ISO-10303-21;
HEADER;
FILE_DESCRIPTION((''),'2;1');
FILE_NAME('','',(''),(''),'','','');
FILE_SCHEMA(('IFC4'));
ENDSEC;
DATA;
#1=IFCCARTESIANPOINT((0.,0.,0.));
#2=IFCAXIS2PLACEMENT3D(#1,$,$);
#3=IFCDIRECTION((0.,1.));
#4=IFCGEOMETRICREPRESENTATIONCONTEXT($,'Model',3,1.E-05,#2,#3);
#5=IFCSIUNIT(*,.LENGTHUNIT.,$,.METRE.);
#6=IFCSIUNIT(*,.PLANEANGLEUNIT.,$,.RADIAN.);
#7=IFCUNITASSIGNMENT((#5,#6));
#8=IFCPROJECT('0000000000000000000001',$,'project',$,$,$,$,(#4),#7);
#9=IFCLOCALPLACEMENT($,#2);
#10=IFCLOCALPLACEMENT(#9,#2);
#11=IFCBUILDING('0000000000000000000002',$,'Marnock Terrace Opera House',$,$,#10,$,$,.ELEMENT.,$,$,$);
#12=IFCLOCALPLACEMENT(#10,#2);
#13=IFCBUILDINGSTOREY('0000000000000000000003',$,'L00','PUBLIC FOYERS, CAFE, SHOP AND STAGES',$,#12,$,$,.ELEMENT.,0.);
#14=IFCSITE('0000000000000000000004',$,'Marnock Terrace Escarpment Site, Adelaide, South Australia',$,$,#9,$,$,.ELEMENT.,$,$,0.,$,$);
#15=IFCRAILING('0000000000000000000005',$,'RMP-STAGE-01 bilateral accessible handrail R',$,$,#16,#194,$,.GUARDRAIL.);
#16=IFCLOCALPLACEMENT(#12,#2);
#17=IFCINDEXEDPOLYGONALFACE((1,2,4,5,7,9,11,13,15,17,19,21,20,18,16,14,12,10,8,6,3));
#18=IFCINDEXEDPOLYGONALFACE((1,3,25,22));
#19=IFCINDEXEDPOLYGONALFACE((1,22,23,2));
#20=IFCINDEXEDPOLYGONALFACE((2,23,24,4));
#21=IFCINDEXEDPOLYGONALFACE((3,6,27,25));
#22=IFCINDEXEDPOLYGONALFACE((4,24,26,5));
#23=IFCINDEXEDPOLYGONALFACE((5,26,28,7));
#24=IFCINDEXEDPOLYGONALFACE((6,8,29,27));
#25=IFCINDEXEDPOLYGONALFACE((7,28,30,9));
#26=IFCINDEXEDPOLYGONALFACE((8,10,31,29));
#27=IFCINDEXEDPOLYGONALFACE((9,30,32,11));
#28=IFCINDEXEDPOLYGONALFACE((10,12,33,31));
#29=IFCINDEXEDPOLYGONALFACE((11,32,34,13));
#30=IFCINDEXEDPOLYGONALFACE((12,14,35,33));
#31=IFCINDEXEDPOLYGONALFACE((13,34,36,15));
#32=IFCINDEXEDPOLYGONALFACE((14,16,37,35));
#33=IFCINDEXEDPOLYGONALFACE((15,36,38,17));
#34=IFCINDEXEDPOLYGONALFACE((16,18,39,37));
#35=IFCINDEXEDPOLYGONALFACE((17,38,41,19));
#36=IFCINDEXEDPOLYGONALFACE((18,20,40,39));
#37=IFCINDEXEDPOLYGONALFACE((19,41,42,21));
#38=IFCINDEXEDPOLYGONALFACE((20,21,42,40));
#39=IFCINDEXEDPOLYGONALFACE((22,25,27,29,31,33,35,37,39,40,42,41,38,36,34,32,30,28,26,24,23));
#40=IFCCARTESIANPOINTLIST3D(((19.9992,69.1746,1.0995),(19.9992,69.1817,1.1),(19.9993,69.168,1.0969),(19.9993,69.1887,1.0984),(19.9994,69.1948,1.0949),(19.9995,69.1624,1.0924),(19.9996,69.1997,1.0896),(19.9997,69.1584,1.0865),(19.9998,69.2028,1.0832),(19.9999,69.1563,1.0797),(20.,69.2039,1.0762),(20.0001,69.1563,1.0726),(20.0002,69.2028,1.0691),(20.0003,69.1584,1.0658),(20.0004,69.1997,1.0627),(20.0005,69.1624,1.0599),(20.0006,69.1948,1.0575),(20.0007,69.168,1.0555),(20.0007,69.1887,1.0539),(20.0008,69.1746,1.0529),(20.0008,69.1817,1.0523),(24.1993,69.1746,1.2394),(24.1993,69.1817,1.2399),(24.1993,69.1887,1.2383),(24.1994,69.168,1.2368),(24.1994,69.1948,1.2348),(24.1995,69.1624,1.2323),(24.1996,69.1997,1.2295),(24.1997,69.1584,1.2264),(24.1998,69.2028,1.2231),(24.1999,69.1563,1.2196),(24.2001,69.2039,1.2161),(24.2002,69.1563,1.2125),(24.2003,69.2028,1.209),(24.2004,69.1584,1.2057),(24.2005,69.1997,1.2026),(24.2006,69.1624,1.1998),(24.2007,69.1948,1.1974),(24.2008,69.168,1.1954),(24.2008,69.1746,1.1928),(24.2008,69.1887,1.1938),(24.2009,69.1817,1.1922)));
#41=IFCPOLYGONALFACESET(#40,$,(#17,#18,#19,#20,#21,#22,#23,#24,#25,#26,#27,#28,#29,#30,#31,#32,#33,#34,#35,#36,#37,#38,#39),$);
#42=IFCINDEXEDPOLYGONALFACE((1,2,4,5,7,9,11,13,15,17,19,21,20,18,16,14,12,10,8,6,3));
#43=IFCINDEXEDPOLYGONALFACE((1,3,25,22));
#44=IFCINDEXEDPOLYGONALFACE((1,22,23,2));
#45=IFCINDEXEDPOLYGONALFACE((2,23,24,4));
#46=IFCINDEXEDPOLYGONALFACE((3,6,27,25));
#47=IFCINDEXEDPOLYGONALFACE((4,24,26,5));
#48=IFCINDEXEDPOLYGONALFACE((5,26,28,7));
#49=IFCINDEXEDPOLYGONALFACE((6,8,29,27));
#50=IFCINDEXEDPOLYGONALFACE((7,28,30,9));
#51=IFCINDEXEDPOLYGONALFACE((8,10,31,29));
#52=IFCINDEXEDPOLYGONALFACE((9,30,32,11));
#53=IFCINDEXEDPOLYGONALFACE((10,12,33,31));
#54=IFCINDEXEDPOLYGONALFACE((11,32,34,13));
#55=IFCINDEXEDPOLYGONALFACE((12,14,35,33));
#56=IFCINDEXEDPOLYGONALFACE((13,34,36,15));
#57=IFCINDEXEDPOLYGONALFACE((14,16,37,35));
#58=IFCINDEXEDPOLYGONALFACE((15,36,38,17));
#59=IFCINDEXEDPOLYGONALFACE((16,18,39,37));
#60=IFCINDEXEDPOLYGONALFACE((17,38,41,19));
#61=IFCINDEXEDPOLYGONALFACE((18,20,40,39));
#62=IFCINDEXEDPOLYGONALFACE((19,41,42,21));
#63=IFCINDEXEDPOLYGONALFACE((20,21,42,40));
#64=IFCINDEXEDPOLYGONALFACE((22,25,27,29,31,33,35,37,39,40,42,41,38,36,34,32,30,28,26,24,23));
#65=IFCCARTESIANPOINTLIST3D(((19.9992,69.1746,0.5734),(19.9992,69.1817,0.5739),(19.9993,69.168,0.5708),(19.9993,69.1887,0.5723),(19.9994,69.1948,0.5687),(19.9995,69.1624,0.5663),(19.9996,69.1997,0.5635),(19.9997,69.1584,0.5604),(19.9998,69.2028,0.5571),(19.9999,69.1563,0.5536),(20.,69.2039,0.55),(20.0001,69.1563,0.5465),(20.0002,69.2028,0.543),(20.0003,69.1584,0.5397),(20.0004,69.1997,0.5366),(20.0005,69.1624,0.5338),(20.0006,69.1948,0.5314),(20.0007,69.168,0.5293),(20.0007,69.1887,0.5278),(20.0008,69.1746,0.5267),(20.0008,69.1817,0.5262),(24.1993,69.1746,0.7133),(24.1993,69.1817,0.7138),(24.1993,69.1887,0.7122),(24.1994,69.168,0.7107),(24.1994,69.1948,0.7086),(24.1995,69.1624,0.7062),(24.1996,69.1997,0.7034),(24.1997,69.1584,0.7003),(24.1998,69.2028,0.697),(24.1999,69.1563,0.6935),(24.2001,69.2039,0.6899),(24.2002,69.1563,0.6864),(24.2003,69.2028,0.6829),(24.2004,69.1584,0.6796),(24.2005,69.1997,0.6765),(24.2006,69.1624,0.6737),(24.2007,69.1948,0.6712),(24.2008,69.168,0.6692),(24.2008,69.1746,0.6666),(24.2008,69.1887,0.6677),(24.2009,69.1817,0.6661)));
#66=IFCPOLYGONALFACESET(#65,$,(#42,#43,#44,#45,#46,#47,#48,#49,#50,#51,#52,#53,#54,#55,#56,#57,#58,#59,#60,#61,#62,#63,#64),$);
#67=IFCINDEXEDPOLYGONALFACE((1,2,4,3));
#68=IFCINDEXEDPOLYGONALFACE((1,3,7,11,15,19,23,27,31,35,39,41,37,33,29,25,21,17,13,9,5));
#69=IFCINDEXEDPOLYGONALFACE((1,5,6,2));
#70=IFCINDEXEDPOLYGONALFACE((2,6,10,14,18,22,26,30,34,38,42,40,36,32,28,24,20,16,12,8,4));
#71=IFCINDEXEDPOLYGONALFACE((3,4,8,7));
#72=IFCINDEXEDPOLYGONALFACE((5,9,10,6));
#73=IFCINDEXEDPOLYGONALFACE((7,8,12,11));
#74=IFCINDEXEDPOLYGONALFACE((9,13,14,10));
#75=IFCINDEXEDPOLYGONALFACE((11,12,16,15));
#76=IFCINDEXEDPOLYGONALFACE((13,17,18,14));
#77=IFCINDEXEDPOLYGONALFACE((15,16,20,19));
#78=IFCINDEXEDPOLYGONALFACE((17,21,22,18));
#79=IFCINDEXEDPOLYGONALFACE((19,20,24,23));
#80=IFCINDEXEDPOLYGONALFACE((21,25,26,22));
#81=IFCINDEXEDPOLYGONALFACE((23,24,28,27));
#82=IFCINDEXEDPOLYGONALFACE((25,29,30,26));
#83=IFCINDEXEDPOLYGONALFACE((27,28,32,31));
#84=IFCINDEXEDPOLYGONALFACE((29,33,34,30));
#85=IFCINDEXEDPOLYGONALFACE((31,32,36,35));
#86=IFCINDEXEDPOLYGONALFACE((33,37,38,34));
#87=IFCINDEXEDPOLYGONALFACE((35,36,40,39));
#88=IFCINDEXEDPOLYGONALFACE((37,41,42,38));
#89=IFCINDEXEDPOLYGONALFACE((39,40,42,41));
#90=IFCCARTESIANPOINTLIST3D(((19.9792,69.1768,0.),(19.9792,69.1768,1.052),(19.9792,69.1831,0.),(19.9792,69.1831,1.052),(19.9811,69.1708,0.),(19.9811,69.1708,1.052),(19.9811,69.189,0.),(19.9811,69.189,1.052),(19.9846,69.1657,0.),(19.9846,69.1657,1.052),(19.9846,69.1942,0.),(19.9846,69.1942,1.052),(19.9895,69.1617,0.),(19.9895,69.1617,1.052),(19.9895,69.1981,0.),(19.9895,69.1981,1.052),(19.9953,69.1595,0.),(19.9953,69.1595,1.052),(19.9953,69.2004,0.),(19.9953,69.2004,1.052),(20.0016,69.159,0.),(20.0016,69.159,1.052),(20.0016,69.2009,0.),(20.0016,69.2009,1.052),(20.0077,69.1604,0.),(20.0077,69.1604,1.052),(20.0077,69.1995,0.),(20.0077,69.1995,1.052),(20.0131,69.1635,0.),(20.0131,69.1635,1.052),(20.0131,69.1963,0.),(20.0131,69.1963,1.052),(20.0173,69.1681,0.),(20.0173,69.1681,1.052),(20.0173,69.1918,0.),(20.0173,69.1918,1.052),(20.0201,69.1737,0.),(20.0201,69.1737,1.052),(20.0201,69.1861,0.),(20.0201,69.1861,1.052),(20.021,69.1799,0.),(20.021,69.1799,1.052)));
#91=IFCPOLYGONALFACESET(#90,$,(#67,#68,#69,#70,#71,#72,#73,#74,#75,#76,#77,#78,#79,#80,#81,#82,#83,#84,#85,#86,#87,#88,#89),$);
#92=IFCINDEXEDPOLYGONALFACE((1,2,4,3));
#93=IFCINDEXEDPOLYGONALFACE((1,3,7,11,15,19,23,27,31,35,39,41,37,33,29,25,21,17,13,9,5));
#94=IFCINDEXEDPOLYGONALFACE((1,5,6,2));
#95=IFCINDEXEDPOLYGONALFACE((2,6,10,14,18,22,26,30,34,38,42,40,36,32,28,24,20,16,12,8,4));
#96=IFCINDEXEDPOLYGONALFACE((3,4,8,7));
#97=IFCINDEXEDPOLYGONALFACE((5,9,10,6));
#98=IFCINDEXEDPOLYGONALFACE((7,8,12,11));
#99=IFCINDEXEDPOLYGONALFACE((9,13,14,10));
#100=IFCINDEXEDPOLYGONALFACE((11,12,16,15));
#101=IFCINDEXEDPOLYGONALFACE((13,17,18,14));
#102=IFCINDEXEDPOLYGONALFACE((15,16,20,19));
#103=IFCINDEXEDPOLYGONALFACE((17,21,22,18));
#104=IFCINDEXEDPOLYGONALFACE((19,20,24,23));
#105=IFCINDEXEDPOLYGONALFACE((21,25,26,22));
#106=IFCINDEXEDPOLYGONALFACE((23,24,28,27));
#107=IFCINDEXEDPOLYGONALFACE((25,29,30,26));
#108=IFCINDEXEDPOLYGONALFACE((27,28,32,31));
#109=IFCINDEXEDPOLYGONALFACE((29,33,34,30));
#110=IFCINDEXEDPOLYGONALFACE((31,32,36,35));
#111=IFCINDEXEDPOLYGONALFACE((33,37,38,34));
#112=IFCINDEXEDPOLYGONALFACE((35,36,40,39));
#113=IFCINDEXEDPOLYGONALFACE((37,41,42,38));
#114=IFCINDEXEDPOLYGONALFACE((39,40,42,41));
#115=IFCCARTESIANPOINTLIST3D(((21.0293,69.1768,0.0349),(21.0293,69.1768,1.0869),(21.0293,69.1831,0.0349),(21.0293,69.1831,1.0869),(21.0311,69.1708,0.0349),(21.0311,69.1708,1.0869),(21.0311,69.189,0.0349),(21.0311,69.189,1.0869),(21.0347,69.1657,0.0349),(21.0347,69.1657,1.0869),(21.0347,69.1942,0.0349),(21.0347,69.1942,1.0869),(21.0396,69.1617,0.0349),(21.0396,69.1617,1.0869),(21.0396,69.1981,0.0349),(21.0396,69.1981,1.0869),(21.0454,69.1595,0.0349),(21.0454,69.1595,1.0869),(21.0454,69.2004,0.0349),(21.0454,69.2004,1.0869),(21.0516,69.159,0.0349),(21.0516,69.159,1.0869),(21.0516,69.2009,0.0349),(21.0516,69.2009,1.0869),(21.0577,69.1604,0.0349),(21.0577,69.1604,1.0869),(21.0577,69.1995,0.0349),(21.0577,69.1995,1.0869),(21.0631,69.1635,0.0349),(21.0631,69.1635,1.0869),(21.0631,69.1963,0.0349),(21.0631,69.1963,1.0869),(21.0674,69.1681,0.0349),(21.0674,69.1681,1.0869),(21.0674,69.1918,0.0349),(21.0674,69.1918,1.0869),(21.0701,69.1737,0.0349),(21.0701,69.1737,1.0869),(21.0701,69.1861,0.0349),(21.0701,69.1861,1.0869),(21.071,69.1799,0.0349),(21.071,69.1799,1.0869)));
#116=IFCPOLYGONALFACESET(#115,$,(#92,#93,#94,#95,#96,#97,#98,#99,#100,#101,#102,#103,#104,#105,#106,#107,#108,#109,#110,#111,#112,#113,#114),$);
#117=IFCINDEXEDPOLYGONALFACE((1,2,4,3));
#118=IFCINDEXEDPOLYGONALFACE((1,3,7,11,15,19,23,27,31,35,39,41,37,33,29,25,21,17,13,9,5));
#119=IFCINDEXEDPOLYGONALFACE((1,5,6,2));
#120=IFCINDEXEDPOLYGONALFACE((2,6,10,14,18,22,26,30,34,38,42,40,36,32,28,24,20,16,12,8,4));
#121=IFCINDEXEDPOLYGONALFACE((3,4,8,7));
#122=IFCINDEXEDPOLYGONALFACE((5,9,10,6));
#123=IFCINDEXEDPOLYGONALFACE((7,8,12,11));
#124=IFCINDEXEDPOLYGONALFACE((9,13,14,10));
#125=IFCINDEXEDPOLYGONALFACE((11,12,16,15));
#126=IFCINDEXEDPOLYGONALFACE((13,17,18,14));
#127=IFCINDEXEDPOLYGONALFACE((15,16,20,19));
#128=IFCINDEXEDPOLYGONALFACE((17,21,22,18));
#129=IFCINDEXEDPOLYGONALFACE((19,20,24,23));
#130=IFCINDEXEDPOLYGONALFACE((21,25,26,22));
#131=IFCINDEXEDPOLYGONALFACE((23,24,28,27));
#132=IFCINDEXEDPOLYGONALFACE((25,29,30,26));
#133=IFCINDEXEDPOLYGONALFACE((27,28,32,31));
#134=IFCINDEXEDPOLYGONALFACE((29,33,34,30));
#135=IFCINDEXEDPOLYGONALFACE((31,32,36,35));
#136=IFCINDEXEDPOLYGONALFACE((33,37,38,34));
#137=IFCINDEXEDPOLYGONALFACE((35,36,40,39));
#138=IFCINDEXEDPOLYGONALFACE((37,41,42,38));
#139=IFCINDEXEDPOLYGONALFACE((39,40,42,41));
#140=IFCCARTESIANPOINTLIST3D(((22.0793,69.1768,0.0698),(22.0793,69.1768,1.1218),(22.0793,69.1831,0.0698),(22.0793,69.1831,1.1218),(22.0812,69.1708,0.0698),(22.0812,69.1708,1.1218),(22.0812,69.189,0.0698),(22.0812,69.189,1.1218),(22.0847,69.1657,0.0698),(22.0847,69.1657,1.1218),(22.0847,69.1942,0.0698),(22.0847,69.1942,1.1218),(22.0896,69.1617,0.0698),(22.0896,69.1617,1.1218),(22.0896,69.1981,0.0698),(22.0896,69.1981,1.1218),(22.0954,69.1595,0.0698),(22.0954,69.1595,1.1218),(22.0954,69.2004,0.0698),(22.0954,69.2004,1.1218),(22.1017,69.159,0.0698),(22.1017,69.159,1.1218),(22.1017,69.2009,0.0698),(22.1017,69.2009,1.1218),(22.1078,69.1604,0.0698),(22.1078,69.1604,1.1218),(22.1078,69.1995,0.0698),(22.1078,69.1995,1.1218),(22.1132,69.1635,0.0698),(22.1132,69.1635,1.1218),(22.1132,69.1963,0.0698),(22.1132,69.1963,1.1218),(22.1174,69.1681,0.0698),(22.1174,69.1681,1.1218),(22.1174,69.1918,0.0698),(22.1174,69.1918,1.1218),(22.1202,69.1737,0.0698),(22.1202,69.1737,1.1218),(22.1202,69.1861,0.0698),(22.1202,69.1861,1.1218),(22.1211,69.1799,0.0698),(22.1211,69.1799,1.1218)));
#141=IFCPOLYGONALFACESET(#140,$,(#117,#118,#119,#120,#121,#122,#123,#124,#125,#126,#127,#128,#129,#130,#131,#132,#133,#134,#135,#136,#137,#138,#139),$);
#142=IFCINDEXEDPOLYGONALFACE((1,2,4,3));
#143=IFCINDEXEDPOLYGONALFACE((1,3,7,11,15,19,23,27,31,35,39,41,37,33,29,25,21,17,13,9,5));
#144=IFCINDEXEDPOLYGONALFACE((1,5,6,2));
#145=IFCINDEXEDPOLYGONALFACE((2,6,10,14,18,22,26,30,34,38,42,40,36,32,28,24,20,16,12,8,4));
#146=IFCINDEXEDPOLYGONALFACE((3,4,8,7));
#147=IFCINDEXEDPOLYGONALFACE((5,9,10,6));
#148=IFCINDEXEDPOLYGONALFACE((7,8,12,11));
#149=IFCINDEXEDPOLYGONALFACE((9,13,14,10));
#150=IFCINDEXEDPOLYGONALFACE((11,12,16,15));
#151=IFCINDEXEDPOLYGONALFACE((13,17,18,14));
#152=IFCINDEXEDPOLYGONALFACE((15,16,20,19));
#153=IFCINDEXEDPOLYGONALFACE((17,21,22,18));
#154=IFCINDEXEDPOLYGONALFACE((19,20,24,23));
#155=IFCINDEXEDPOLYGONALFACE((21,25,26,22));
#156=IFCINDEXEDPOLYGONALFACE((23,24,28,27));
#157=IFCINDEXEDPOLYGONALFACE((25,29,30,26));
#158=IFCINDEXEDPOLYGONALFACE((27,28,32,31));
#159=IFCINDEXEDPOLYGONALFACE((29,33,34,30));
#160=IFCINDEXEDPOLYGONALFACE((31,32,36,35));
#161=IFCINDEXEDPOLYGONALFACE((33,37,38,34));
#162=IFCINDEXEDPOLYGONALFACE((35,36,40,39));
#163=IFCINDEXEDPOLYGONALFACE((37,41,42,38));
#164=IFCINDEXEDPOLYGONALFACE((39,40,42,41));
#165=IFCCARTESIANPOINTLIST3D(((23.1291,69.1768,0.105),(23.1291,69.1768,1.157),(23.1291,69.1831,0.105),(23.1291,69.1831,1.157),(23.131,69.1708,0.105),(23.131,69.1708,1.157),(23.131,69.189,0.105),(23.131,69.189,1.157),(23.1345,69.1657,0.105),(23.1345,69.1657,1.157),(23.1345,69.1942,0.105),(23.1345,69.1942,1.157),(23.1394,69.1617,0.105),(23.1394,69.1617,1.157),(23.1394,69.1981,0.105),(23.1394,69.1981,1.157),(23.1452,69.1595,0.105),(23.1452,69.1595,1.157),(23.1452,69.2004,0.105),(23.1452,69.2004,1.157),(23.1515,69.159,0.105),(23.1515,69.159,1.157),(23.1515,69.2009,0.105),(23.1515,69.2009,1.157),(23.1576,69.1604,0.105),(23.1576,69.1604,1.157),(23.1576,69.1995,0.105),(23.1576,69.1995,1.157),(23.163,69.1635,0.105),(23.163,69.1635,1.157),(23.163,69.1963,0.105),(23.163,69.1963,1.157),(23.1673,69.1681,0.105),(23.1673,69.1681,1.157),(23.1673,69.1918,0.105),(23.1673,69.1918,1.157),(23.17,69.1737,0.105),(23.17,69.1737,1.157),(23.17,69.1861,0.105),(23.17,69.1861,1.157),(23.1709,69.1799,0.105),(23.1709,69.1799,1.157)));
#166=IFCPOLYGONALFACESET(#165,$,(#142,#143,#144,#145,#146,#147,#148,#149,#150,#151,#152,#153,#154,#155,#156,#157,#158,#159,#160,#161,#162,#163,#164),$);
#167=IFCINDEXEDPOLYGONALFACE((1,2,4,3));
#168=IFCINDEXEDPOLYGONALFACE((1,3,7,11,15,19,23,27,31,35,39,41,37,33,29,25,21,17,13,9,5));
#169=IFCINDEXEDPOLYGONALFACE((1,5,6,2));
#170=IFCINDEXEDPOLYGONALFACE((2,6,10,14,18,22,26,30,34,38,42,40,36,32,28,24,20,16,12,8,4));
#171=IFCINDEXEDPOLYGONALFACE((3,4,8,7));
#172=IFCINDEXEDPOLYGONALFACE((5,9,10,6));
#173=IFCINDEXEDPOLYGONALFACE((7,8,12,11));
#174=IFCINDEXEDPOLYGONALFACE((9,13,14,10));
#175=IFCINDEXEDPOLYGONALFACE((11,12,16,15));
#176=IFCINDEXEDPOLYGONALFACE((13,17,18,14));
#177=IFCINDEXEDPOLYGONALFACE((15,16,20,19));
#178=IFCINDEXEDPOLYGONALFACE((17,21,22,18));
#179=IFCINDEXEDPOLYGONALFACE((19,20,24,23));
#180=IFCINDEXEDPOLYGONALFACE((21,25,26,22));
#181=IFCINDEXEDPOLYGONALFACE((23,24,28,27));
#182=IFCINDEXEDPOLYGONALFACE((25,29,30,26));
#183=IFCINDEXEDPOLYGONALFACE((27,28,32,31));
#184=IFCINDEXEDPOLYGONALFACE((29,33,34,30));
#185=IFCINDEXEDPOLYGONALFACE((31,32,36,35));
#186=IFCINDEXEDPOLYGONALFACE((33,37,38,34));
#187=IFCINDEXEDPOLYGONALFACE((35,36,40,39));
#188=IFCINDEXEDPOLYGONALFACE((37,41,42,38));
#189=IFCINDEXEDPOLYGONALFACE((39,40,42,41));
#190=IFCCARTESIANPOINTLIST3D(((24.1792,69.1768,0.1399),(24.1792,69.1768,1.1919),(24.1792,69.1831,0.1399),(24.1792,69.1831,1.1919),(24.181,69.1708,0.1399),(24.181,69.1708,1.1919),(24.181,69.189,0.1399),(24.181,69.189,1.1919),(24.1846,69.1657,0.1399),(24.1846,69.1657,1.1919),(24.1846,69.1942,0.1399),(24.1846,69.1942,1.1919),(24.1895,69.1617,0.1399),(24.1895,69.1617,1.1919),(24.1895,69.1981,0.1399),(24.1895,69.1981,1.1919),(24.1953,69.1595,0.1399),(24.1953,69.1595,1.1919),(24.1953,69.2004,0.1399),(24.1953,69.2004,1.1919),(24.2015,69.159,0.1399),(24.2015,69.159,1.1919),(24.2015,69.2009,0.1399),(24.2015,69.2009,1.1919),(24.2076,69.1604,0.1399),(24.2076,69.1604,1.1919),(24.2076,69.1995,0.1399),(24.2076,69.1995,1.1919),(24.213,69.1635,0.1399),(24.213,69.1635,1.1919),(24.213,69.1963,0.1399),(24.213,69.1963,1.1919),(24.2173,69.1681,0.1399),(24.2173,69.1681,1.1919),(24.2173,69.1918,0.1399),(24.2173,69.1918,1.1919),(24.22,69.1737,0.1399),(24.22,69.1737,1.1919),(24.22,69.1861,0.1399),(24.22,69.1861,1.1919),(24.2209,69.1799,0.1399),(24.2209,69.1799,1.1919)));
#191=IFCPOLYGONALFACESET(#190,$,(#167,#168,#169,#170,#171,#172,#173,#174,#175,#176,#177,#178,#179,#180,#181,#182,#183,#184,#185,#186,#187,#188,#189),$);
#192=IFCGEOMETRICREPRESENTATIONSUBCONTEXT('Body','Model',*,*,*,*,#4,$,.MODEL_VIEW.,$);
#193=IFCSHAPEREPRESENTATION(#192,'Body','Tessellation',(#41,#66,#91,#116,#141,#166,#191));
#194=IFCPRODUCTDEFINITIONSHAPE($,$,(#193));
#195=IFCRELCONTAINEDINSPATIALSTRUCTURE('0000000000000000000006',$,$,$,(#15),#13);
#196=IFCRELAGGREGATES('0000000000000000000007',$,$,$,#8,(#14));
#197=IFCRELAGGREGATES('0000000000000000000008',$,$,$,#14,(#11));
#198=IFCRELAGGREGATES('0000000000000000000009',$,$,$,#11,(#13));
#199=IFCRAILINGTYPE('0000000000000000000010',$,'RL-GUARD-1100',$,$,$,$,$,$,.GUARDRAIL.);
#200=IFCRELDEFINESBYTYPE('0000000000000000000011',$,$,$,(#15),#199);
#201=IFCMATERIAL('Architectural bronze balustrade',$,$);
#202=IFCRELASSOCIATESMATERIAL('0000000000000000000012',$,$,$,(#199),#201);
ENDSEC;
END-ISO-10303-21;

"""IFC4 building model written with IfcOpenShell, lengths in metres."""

from ifc_helpers import new_model, si_unit, direction, frame, origin, origin_2d, place, context, subcontext, project, spatial, circle, extrude, material, type_object, element, save


model = new_model("IFC4")

# Units and contexts
model_context = context("Model", 3, precision=1e-05, world=origin(), true_north=direction((0.0, 1.0)))
body_context = subcontext(model_context, "Body", "Model", "MODEL_VIEW")
ifc_project = project(units=[si_unit("LENGTHUNIT", "METRE"), si_unit("PLANEANGLEUNIT", "RADIAN")], contexts=[model_context])

# Site, building, storey
site_placement = place(None, origin())
site = spatial("IfcSite", under=ifc_project, at=site_placement, Name="Marnock Terrace Escarpment Site, Adelaide, South Australia", CompositionType="ELEMENT", RefElevation=0.0)
building_placement = place(site_placement, origin())
building = spatial("IfcBuilding", under=site, at=building_placement, Name="Marnock Terrace Opera House", CompositionType="ELEMENT")
storey_placement = place(building_placement, origin())
storey = spatial("IfcBuildingStorey", under=building, at=storey_placement, Name="L00", Description="PUBLIC FOYERS, CAFE, SHOP AND STAGES", CompositionType="ELEMENT", Elevation=0.0)

# Railing
ifc_material_1 = material(Name="Architectural bronze balustrade")
railing_type = type_object("IfcRailingType", Name="RL-GUARD-1100", PredefinedType="GUARDRAIL", material=ifc_material_1)
for number, where, name in (
    (1, (20.0, 69.1799, 0.0), "RMP-STAGE-01 bilateral accessible handrail R"),
):
    element("IfcRailing", number, at=place(storey_placement, frame(where)), inside=storey, type_object=railing_type, Name=name, PredefinedType="GUARDRAIL", context=body_context, shape_type="SweptSolid", body=[
        extrude(circle(Radius=0.0239, at=origin_2d()), frame((0.0, 0.0, 1.0762), z_axis=(0.999446, 0.0, 0.03329), x_axis=(0.0, 1.0, 0.0)), (0.0, 0.0, 1.0), 4.2024),
        extrude(circle(Radius=0.0239, at=origin_2d()), frame((0.0, 0.0, 0.55), z_axis=(0.999446, 0.0, 0.03329), x_axis=(0.0, 1.0, 0.0)), (0.0, 0.0, 1.0), 4.2024),
        extrude(circle(Radius=0.021, at=origin_2d()), origin(), (0.0, 0.0, 1.0), 1.052),
        extrude(circle(Radius=0.021, at=origin_2d()), frame((1.05, 0.0, 0.0349)), (0.0, 0.0, 1.0), 1.052),
        extrude(circle(Radius=0.021, at=origin_2d()), frame((2.1001, 0.0, 0.0698)), (0.0, 0.0, 1.0), 1.052),
        extrude(circle(Radius=0.021, at=origin_2d()), frame((3.1499, 0.0, 0.105)), (0.0, 0.0, 1.0), 1.052),
        extrude(circle(Radius=0.021, at=origin_2d()), frame((4.2, 0.0, 0.1399)), (0.0, 0.0, 1.0), 1.052),
    ])

save(model, "model.ifc")
